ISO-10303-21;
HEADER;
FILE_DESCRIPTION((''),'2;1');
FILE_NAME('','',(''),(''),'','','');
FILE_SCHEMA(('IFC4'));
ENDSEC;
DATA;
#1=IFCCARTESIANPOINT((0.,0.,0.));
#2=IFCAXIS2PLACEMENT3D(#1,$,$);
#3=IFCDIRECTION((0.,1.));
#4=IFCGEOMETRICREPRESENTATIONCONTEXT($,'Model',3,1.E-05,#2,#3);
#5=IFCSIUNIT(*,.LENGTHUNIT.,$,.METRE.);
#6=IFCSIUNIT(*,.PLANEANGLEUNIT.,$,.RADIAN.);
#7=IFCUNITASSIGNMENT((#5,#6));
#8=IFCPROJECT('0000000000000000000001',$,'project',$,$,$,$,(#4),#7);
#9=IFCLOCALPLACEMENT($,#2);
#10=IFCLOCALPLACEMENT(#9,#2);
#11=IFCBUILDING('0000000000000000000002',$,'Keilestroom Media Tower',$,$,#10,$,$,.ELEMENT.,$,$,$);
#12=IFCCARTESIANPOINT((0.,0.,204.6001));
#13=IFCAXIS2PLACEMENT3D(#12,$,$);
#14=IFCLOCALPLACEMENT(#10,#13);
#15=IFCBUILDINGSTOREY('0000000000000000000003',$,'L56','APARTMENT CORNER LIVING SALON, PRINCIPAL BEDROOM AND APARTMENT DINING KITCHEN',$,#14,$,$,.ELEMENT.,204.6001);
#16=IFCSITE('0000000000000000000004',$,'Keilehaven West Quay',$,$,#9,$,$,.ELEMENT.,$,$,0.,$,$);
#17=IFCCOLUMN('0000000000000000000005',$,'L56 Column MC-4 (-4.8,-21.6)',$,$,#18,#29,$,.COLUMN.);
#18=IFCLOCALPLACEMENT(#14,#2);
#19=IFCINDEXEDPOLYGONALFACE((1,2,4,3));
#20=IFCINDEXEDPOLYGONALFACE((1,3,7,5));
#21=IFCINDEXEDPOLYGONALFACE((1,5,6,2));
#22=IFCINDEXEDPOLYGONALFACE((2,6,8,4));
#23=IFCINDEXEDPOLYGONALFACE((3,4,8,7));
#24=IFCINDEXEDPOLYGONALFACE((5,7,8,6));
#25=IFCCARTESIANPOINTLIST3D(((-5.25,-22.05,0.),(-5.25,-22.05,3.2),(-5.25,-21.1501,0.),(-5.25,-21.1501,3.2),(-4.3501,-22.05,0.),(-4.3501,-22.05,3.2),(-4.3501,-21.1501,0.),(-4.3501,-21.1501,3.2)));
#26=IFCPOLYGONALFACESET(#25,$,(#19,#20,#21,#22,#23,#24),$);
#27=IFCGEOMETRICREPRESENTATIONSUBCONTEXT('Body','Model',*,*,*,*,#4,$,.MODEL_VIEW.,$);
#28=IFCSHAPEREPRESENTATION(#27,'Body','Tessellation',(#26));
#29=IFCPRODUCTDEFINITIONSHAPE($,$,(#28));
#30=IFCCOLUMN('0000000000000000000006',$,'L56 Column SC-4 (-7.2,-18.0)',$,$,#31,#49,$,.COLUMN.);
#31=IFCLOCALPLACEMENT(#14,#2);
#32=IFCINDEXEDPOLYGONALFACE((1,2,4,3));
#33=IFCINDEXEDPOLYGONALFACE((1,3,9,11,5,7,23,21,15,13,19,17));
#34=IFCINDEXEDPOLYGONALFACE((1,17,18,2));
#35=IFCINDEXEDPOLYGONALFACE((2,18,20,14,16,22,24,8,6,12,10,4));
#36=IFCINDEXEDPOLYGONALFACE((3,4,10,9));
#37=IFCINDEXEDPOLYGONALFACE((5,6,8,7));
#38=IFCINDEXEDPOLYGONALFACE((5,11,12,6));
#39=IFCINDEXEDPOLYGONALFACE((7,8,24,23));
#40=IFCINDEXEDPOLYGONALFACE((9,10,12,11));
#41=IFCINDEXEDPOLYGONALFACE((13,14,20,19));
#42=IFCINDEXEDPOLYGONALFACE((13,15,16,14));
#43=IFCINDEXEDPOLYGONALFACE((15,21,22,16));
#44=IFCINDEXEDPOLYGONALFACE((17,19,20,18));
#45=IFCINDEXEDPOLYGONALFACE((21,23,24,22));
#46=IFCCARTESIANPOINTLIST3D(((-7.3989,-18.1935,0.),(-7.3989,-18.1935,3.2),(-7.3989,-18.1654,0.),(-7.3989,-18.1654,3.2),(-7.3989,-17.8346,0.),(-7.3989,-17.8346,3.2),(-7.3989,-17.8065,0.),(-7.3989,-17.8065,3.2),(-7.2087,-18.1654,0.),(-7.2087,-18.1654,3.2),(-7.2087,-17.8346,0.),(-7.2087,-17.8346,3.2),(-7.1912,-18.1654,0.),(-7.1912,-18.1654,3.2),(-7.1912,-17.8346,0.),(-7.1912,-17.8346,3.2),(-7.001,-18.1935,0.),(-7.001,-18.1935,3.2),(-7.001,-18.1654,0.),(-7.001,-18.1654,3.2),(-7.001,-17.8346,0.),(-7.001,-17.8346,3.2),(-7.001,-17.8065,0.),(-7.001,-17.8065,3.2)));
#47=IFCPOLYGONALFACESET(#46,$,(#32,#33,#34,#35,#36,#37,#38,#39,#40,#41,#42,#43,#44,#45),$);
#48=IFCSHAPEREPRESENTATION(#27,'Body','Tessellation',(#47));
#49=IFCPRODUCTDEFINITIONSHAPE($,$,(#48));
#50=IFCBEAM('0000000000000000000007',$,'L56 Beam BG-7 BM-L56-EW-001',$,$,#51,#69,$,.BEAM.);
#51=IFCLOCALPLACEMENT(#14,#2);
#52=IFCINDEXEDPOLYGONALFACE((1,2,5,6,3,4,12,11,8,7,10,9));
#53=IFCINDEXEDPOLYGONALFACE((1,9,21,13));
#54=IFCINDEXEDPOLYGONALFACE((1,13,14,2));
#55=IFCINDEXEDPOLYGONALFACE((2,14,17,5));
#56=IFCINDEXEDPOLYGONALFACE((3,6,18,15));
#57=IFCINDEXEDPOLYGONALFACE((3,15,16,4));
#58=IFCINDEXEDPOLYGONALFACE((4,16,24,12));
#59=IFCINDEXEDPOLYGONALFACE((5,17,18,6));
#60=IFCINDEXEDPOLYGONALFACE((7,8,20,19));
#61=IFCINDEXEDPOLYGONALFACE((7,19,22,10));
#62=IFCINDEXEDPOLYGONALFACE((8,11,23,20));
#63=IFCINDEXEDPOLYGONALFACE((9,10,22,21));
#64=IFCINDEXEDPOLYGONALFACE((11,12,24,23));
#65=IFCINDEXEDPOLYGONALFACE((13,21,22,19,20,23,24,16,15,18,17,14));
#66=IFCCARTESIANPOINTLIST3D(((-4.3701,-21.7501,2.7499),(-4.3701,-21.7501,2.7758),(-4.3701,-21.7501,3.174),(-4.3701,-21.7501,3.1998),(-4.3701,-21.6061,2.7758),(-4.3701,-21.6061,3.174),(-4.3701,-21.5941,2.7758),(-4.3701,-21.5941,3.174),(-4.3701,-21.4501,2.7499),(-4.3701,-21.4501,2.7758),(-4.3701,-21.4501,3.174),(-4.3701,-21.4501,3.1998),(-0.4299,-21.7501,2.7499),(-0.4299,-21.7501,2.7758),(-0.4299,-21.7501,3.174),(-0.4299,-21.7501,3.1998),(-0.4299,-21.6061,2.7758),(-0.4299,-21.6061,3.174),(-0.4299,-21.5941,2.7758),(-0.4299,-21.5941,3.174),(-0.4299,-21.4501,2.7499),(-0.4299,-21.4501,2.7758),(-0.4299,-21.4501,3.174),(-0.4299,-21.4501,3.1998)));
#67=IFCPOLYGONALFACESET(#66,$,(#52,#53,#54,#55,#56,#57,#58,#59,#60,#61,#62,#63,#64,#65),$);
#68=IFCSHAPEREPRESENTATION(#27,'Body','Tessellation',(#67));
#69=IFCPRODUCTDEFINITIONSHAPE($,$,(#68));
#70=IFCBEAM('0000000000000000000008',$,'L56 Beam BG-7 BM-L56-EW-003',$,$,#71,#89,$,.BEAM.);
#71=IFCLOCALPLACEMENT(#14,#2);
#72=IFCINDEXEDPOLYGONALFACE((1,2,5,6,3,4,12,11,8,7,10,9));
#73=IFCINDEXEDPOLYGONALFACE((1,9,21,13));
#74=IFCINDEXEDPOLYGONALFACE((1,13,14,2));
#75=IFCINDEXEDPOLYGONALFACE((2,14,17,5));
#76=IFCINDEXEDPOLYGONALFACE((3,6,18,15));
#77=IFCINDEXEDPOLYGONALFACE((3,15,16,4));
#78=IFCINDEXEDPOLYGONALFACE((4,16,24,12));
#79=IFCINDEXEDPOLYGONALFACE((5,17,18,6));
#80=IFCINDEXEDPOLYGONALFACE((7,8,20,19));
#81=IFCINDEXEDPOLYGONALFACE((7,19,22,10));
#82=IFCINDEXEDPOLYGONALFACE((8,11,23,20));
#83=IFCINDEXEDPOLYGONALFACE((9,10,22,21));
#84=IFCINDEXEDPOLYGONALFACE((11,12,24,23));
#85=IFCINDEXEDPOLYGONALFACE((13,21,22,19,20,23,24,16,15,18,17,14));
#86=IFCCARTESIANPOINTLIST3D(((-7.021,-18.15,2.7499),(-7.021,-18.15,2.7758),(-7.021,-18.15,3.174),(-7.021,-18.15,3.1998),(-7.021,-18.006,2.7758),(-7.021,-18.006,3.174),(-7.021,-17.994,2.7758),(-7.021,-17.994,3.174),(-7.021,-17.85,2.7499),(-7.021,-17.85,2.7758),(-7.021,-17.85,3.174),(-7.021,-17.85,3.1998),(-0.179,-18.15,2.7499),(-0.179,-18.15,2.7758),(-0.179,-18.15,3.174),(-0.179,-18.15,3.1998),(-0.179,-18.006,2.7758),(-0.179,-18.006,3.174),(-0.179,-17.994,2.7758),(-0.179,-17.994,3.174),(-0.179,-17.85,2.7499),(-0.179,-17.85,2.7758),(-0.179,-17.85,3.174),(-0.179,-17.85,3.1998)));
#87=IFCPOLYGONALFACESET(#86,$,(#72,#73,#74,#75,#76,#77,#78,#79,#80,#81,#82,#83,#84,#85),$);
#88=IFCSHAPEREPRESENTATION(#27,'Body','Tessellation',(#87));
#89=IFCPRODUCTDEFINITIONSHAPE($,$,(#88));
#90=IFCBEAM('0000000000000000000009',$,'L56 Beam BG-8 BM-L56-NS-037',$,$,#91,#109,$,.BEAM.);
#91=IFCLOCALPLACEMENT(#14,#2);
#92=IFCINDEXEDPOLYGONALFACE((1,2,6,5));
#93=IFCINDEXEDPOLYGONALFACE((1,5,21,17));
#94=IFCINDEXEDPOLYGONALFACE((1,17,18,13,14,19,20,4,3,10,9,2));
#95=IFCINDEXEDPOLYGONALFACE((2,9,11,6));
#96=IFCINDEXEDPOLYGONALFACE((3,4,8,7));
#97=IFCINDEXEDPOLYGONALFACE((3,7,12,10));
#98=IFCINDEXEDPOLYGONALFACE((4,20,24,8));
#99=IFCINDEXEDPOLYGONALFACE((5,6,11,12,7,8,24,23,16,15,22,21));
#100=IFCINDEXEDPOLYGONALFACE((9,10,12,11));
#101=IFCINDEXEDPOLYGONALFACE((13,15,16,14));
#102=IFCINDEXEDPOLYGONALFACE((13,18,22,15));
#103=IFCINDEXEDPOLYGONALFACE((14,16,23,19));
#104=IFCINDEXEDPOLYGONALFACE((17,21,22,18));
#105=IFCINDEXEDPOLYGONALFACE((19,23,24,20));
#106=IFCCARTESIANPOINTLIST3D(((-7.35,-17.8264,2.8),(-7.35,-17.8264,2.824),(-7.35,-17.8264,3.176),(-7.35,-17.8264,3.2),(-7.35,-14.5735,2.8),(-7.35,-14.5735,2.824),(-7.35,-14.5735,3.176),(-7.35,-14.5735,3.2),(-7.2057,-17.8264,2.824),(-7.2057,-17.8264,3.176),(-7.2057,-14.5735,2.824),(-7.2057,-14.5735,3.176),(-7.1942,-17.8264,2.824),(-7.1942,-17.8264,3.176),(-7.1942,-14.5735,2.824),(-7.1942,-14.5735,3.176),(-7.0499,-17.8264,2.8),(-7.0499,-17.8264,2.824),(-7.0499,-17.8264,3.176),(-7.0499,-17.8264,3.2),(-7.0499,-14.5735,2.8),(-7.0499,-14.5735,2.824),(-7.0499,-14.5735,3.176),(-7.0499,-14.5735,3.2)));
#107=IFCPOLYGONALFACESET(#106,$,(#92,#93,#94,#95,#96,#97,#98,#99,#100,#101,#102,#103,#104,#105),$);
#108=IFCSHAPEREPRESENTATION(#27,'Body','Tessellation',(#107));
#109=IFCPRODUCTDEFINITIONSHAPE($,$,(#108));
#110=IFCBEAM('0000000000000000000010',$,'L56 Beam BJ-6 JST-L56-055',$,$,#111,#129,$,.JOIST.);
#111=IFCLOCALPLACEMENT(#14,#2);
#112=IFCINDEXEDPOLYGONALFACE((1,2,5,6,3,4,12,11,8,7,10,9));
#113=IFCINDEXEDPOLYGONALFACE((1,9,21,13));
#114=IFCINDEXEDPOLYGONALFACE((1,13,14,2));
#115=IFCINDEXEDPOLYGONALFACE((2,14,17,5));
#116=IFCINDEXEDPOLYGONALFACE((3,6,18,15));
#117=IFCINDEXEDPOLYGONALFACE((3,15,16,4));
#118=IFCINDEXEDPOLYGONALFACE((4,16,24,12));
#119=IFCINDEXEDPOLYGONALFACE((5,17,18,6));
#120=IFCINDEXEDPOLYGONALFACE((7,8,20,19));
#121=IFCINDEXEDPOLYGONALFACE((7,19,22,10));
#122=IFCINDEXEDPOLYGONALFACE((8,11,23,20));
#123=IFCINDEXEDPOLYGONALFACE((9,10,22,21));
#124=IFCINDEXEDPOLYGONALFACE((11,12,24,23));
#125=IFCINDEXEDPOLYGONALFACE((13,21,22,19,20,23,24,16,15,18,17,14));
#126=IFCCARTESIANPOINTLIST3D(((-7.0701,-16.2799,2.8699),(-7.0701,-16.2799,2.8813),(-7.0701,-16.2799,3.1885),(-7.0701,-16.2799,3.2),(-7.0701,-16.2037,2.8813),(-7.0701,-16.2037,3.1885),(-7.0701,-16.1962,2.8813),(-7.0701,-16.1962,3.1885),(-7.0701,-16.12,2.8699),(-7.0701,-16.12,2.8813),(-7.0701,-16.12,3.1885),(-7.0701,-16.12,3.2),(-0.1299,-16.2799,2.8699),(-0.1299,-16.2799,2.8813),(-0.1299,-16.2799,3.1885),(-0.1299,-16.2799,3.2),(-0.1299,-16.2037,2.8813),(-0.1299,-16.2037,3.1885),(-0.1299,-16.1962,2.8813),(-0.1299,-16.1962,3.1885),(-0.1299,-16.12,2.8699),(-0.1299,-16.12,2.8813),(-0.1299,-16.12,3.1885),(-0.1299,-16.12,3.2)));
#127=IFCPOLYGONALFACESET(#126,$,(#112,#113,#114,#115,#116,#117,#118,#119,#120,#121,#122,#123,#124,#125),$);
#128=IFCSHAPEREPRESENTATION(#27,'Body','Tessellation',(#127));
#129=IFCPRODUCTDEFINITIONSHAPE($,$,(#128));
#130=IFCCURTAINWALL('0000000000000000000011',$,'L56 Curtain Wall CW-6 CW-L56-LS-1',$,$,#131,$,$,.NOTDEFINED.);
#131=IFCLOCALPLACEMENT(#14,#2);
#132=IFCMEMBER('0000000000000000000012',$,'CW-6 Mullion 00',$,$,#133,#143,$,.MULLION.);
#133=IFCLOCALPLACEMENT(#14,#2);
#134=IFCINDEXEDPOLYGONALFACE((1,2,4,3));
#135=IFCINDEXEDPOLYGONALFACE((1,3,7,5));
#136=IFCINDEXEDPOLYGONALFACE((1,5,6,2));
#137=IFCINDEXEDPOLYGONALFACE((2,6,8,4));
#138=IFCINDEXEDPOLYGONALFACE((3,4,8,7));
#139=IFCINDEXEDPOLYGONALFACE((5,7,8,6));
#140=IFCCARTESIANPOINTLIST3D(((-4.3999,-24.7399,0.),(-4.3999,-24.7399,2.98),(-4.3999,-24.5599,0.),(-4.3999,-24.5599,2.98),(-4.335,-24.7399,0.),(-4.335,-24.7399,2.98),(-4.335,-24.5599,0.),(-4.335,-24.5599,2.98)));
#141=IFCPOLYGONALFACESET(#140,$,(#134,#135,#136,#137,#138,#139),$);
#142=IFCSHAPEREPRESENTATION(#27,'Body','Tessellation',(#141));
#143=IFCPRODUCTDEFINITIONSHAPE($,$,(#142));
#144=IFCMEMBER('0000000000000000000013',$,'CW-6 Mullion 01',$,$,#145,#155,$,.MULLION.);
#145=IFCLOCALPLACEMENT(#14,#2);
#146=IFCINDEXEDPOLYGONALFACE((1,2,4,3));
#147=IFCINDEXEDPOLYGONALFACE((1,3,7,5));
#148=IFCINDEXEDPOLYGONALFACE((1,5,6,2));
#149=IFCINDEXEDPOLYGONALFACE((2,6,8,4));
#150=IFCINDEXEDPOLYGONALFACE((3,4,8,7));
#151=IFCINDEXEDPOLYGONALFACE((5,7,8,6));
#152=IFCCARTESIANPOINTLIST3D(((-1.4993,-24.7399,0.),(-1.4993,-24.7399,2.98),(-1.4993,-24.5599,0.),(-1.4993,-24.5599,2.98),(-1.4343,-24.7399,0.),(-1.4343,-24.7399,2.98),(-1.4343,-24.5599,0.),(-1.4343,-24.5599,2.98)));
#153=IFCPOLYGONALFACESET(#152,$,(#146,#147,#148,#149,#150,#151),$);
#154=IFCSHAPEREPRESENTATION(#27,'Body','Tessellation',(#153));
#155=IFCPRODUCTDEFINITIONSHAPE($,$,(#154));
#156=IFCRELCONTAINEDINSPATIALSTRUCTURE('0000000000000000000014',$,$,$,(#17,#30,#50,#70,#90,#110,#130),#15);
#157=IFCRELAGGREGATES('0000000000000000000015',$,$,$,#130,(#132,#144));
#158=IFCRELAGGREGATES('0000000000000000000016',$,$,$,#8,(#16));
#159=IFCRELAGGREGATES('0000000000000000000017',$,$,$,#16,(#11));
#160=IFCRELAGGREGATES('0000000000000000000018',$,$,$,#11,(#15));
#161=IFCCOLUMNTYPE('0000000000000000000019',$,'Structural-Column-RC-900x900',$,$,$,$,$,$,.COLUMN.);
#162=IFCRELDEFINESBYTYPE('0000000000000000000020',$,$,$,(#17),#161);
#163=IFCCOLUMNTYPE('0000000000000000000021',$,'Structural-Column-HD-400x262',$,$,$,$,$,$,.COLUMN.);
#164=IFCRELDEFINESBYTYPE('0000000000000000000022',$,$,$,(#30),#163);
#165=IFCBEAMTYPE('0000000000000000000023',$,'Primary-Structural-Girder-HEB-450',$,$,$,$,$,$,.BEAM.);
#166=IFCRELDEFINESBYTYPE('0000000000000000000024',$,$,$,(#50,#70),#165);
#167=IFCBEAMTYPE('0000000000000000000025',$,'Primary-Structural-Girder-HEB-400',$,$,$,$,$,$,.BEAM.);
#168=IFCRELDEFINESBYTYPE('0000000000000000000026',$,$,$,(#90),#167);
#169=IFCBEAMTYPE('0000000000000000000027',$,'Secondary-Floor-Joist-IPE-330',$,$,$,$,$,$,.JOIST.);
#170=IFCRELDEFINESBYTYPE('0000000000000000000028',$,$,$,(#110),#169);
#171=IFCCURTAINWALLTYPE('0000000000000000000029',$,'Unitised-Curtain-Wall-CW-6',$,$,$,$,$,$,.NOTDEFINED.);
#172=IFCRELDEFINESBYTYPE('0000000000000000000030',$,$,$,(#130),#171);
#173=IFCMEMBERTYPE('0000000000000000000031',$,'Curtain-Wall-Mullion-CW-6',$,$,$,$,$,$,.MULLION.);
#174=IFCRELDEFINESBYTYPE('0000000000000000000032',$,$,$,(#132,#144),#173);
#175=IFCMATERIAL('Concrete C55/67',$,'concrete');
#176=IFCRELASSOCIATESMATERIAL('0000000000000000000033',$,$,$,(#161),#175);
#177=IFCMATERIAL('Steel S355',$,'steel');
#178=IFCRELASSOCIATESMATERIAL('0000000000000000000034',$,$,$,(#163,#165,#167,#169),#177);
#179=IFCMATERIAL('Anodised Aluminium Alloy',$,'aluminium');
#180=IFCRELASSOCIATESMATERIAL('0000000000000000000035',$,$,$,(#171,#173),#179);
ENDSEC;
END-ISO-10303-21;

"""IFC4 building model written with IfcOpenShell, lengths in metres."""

from ifc_helpers import new_model, si_unit, direction, frame, origin, origin_2d, place, context, subcontext, project, spatial, rectangle, i_section, extrude, source, transform, mapped, material, material_profile, profile_set, type_object, element, aggregate, save


model = new_model("IFC4")

# Units and contexts
model_context = context("Model", 3, precision=1e-05, world=origin(), true_north=direction((0.0, 1.0)))
body_context = subcontext(model_context, "Body", "Model", "MODEL_VIEW")
ifc_project = project(units=[si_unit("LENGTHUNIT", "METRE"), si_unit("PLANEANGLEUNIT", "RADIAN")], contexts=[model_context])

# Site, building, storey
site_placement = place(None, origin())
site = spatial("IfcSite", under=ifc_project, at=site_placement, Name="Keilehaven West Quay", CompositionType="ELEMENT", RefElevation=0.0)
building_placement = place(site_placement, origin())
building = spatial("IfcBuilding", under=site, at=building_placement, Name="Keilestroom Media Tower", CompositionType="ELEMENT")
storey_placement = place(building_placement, frame((0.0, 0.0, 204.6001)))
storey = spatial("IfcBuildingStorey", under=building, at=storey_placement, Name="L56", Description="APARTMENT CORNER LIVING SALON, PRINCIPAL BEDROOM AND APARTMENT DINING KITCHEN", CompositionType="ELEMENT", Elevation=204.6001)

# Columns
ifc_material_1 = material(Name="Concrete C55/67", Category="concrete")
ifc_material_profile_1 = material_profile(ifc_material_1, rectangle(XDim=0.8999, YDim=0.8999, at=origin_2d()), Name="RC 900x900")
ifc_profile_set_1 = profile_set([ifc_material_profile_1], Name="Concrete C55/67")
column_type_1 = type_object("IfcColumnType", Name="Structural-Column-RC-900x900", PredefinedType="COLUMN", material=ifc_profile_set_1)
shared_shape_1 = source(origin(), body_context, "Body", "SweptSolid", [
    extrude(rectangle(XDim=0.8999, YDim=0.8999, at=origin_2d()), origin(), (0.0, 0.0, 1.0), 3.2),
])
column_1_placement = place(storey_placement, frame((-4.8, -21.6001, 0.0), z_axis=(0.0, 0.0, 1.0), x_axis=(1.0, 0.0, 0.0)))
element("IfcColumn", 1, at=column_1_placement, inside=storey, type_object=column_type_1, Name="L56 Column MC-4 (-4.8,-21.6)", PredefinedType="COLUMN", context=body_context, shape_type="MappedRepresentation", body=[
    mapped(shared_shape_1, transform((0.0, 0.0, 0.0), x_axis=(1.0, 0.0, 0.0), y_axis=(0.0, 1.0, 0.0), z_axis=(0.0, 0.0, 1.0), scale=1.0)),
])
ifc_material_2 = material(Name="Steel S355", Category="steel")
ifc_material_profile_2 = material_profile(ifc_material_2, i_section(OverallWidth=0.3979, OverallDepth=0.387, WebThickness=0.0176, FlangeThickness=0.0281, at=origin_2d()), Name="HD 400x262")
ifc_profile_set_2 = profile_set([ifc_material_profile_2], Name="Steel S355")
column_type_2 = type_object("IfcColumnType", Name="Structural-Column-HD-400x262", PredefinedType="COLUMN", material=ifc_profile_set_2)
shared_shape_2 = source(origin(), body_context, "Body", "SweptSolid", [
    extrude(i_section(OverallWidth=0.3979, OverallDepth=0.387, WebThickness=0.0176, FlangeThickness=0.0281, at=origin_2d()), origin(), (0.0, 0.0, 1.0), 3.2),
])
column_2_placement = place(storey_placement, frame((-7.2, -18.0, 0.0), z_axis=(0.0, 0.0, 1.0), x_axis=(1.0, 0.0, 0.0)))
element("IfcColumn", 2, at=column_2_placement, inside=storey, type_object=column_type_2, Name="L56 Column SC-4 (-7.2,-18.0)", PredefinedType="COLUMN", context=body_context, shape_type="MappedRepresentation", body=[
    mapped(shared_shape_2, transform((0.0, 0.0, 0.0), x_axis=(1.0, 0.0, 0.0), y_axis=(0.0, 1.0, 0.0), z_axis=(0.0, 0.0, 1.0), scale=1.0)),
])

# Beams
ifc_material_profile_3 = material_profile(ifc_material_2, i_section(OverallWidth=0.3, OverallDepth=0.45, WebThickness=0.012, FlangeThickness=0.0259, at=origin_2d()), Name="HEB 450")
ifc_profile_set_3 = profile_set([ifc_material_profile_3], Name="Steel S355")
beam_type_1 = type_object("IfcBeamType", Name="Primary-Structural-Girder-HEB-450", PredefinedType="BEAM", material=ifc_profile_set_3)
shared_shape_3 = source(origin(), body_context, "Body", "SweptSolid", [
    extrude(i_section(OverallWidth=0.3, OverallDepth=0.45, WebThickness=0.012, FlangeThickness=0.0259, at=origin_2d()), origin(), (0.0, 0.0, 1.0), 3.9402),
])
beam_1_placement = place(storey_placement, frame((-4.3701, -21.6001, 2.9749), z_axis=(1.0, 0.0, 0.0), x_axis=(0.0, 1.0, 0.0)))
element("IfcBeam", 3, at=beam_1_placement, inside=storey, type_object=beam_type_1, Name="L56 Beam BG-7 BM-L56-EW-001", PredefinedType="BEAM", context=body_context, shape_type="MappedRepresentation", body=[
    mapped(shared_shape_3, transform((0.0, 0.0, 0.0), x_axis=(1.0, 0.0, 0.0), y_axis=(0.0, 1.0, 0.0), z_axis=(0.0, 0.0, 1.0), scale=1.0)),
])
shared_shape_4 = source(origin(), body_context, "Body", "SweptSolid", [
    extrude(i_section(OverallWidth=0.3, OverallDepth=0.45, WebThickness=0.012, FlangeThickness=0.0259, at=origin_2d()), origin(), (0.0, 0.0, 1.0), 6.842),
])
beam_2_placement = place(storey_placement, frame((-7.021, -18.0, 2.9749), z_axis=(1.0, 0.0, 0.0), x_axis=(0.0, 1.0, 0.0)))
element("IfcBeam", 4, at=beam_2_placement, inside=storey, type_object=beam_type_1, Name="L56 Beam BG-7 BM-L56-EW-003", PredefinedType="BEAM", context=body_context, shape_type="MappedRepresentation", body=[
    mapped(shared_shape_4, transform((0.0, 0.0, 0.0), x_axis=(1.0, 0.0, 0.0), y_axis=(0.0, 1.0, 0.0), z_axis=(0.0, 0.0, 1.0), scale=1.0)),
])
ifc_material_profile_4 = material_profile(ifc_material_2, i_section(OverallWidth=0.3, OverallDepth=0.3999, WebThickness=0.0115, FlangeThickness=0.0239, at=origin_2d()), Name="HEB 400")
ifc_profile_set_4 = profile_set([ifc_material_profile_4], Name="Steel S355")
beam_type_2 = type_object("IfcBeamType", Name="Primary-Structural-Girder-HEB-400", PredefinedType="BEAM", material=ifc_profile_set_4)
shared_shape_5 = source(origin(), body_context, "Body", "SweptSolid", [
    extrude(i_section(OverallWidth=0.3, OverallDepth=0.3999, WebThickness=0.0115, FlangeThickness=0.0239, at=origin_2d()), origin(), (0.0, 0.0, 1.0), 3.2529),
])
beam_3_placement = place(storey_placement, frame((-7.2, -17.8264, 3.0), z_axis=(0.0, 1.0, 0.0), x_axis=(-1.0, 0.0, 0.0)))
element("IfcBeam", 5, at=beam_3_placement, inside=storey, type_object=beam_type_2, Name="L56 Beam BG-8 BM-L56-NS-037", PredefinedType="BEAM", context=body_context, shape_type="MappedRepresentation", body=[
    mapped(shared_shape_5, transform((0.0, 0.0, 0.0), x_axis=(1.0, 0.0, 0.0), y_axis=(0.0, 1.0, 0.0), z_axis=(0.0, 0.0, 1.0), scale=1.0)),
])
ifc_material_profile_5 = material_profile(ifc_material_2, i_section(OverallWidth=0.1599, OverallDepth=0.3301, WebThickness=0.0076, FlangeThickness=0.0115, at=origin_2d()), Name="IPE 330")
ifc_profile_set_5 = profile_set([ifc_material_profile_5], Name="Steel S355")
beam_type_3 = type_object("IfcBeamType", Name="Secondary-Floor-Joist-IPE-330", PredefinedType="JOIST", material=ifc_profile_set_5)
shared_shape_6 = source(origin(), body_context, "Body", "SweptSolid", [
    extrude(i_section(OverallWidth=0.1599, OverallDepth=0.3301, WebThickness=0.0076, FlangeThickness=0.0115, at=origin_2d()), origin(), (0.0, 0.0, 1.0), 6.9402),
])
beam_4_placement = place(storey_placement, frame((-7.0701, -16.2, 3.0349), z_axis=(1.0, 0.0, 0.0), x_axis=(0.0, 1.0, 0.0)))
element("IfcBeam", 6, at=beam_4_placement, inside=storey, type_object=beam_type_3, Name="L56 Beam BJ-6 JST-L56-055", PredefinedType="JOIST", context=body_context, shape_type="MappedRepresentation", body=[
    mapped(shared_shape_6, transform((0.0, 0.0, 0.0), x_axis=(1.0, 0.0, 0.0), y_axis=(0.0, 1.0, 0.0), z_axis=(0.0, 0.0, 1.0), scale=1.0)),
])

# Curtain wall, members
ifc_material_3 = material(Name="Anodised Aluminium Alloy", Category="aluminium")
curtain_wall_type = type_object("IfcCurtainWallType", Name="Unitised-Curtain-Wall-CW-6", PredefinedType="NOTDEFINED", material=ifc_material_3)
curtain_wall_placement = place(storey_placement, origin())
curtain_wall = element("IfcCurtainWall", 7, at=curtain_wall_placement, inside=storey, type_object=curtain_wall_type, Name="L56 Curtain Wall CW-6 CW-L56-LS-1", PredefinedType="NOTDEFINED")
ifc_material_profile_6 = material_profile(ifc_material_3, rectangle(XDim=0.0649, YDim=0.1799, at=origin_2d()), Name="ALU MULLION 65x180")
ifc_profile_set_6 = profile_set([ifc_material_profile_6], Name="Anodised Aluminium Alloy")
member_type_1 = type_object("IfcMemberType", Name="Curtain-Wall-Mullion-CW-6", PredefinedType="MULLION", material=ifc_profile_set_6)
shared_shape_7 = source(origin(), body_context, "Body", "SweptSolid", [
    extrude(rectangle(XDim=0.0649, YDim=0.1799, at=origin_2d()), origin(), (0.0, 0.0, 1.0), 2.98),
])
member_1_placement = place(storey_placement, frame((-4.3674, -24.6499, 0.0), z_axis=(0.0, 0.0, 1.0), x_axis=(1.0, 0.0, 0.0)))
member_1 = element("IfcMember", 8, at=member_1_placement, type_object=member_type_1, Name="CW-6 Mullion 00", PredefinedType="MULLION", context=body_context, shape_type="MappedRepresentation", body=[
    mapped(shared_shape_7, transform((0.0, 0.0, 0.0), x_axis=(1.0, 0.0, 0.0), y_axis=(0.0, 1.0, 0.0), z_axis=(0.0, 0.0, 1.0), scale=1.0)),
])
member_2_placement = place(storey_placement, frame((-1.4668, -24.6499, 0.0), z_axis=(0.0, 0.0, 1.0), x_axis=(1.0, 0.0, 0.0)))
member_2 = element("IfcMember", 9, at=member_2_placement, type_object=member_type_1, Name="CW-6 Mullion 01", PredefinedType="MULLION", context=body_context, shape_type="MappedRepresentation", body=[
    mapped(shared_shape_7, transform((0.0, 0.0, 0.0), x_axis=(1.0, 0.0, 0.0), y_axis=(0.0, 1.0, 0.0), z_axis=(0.0, 0.0, 1.0), scale=1.0)),
])
aggregate(curtain_wall, [member_1, member_2])

save(model, "model.ifc")
